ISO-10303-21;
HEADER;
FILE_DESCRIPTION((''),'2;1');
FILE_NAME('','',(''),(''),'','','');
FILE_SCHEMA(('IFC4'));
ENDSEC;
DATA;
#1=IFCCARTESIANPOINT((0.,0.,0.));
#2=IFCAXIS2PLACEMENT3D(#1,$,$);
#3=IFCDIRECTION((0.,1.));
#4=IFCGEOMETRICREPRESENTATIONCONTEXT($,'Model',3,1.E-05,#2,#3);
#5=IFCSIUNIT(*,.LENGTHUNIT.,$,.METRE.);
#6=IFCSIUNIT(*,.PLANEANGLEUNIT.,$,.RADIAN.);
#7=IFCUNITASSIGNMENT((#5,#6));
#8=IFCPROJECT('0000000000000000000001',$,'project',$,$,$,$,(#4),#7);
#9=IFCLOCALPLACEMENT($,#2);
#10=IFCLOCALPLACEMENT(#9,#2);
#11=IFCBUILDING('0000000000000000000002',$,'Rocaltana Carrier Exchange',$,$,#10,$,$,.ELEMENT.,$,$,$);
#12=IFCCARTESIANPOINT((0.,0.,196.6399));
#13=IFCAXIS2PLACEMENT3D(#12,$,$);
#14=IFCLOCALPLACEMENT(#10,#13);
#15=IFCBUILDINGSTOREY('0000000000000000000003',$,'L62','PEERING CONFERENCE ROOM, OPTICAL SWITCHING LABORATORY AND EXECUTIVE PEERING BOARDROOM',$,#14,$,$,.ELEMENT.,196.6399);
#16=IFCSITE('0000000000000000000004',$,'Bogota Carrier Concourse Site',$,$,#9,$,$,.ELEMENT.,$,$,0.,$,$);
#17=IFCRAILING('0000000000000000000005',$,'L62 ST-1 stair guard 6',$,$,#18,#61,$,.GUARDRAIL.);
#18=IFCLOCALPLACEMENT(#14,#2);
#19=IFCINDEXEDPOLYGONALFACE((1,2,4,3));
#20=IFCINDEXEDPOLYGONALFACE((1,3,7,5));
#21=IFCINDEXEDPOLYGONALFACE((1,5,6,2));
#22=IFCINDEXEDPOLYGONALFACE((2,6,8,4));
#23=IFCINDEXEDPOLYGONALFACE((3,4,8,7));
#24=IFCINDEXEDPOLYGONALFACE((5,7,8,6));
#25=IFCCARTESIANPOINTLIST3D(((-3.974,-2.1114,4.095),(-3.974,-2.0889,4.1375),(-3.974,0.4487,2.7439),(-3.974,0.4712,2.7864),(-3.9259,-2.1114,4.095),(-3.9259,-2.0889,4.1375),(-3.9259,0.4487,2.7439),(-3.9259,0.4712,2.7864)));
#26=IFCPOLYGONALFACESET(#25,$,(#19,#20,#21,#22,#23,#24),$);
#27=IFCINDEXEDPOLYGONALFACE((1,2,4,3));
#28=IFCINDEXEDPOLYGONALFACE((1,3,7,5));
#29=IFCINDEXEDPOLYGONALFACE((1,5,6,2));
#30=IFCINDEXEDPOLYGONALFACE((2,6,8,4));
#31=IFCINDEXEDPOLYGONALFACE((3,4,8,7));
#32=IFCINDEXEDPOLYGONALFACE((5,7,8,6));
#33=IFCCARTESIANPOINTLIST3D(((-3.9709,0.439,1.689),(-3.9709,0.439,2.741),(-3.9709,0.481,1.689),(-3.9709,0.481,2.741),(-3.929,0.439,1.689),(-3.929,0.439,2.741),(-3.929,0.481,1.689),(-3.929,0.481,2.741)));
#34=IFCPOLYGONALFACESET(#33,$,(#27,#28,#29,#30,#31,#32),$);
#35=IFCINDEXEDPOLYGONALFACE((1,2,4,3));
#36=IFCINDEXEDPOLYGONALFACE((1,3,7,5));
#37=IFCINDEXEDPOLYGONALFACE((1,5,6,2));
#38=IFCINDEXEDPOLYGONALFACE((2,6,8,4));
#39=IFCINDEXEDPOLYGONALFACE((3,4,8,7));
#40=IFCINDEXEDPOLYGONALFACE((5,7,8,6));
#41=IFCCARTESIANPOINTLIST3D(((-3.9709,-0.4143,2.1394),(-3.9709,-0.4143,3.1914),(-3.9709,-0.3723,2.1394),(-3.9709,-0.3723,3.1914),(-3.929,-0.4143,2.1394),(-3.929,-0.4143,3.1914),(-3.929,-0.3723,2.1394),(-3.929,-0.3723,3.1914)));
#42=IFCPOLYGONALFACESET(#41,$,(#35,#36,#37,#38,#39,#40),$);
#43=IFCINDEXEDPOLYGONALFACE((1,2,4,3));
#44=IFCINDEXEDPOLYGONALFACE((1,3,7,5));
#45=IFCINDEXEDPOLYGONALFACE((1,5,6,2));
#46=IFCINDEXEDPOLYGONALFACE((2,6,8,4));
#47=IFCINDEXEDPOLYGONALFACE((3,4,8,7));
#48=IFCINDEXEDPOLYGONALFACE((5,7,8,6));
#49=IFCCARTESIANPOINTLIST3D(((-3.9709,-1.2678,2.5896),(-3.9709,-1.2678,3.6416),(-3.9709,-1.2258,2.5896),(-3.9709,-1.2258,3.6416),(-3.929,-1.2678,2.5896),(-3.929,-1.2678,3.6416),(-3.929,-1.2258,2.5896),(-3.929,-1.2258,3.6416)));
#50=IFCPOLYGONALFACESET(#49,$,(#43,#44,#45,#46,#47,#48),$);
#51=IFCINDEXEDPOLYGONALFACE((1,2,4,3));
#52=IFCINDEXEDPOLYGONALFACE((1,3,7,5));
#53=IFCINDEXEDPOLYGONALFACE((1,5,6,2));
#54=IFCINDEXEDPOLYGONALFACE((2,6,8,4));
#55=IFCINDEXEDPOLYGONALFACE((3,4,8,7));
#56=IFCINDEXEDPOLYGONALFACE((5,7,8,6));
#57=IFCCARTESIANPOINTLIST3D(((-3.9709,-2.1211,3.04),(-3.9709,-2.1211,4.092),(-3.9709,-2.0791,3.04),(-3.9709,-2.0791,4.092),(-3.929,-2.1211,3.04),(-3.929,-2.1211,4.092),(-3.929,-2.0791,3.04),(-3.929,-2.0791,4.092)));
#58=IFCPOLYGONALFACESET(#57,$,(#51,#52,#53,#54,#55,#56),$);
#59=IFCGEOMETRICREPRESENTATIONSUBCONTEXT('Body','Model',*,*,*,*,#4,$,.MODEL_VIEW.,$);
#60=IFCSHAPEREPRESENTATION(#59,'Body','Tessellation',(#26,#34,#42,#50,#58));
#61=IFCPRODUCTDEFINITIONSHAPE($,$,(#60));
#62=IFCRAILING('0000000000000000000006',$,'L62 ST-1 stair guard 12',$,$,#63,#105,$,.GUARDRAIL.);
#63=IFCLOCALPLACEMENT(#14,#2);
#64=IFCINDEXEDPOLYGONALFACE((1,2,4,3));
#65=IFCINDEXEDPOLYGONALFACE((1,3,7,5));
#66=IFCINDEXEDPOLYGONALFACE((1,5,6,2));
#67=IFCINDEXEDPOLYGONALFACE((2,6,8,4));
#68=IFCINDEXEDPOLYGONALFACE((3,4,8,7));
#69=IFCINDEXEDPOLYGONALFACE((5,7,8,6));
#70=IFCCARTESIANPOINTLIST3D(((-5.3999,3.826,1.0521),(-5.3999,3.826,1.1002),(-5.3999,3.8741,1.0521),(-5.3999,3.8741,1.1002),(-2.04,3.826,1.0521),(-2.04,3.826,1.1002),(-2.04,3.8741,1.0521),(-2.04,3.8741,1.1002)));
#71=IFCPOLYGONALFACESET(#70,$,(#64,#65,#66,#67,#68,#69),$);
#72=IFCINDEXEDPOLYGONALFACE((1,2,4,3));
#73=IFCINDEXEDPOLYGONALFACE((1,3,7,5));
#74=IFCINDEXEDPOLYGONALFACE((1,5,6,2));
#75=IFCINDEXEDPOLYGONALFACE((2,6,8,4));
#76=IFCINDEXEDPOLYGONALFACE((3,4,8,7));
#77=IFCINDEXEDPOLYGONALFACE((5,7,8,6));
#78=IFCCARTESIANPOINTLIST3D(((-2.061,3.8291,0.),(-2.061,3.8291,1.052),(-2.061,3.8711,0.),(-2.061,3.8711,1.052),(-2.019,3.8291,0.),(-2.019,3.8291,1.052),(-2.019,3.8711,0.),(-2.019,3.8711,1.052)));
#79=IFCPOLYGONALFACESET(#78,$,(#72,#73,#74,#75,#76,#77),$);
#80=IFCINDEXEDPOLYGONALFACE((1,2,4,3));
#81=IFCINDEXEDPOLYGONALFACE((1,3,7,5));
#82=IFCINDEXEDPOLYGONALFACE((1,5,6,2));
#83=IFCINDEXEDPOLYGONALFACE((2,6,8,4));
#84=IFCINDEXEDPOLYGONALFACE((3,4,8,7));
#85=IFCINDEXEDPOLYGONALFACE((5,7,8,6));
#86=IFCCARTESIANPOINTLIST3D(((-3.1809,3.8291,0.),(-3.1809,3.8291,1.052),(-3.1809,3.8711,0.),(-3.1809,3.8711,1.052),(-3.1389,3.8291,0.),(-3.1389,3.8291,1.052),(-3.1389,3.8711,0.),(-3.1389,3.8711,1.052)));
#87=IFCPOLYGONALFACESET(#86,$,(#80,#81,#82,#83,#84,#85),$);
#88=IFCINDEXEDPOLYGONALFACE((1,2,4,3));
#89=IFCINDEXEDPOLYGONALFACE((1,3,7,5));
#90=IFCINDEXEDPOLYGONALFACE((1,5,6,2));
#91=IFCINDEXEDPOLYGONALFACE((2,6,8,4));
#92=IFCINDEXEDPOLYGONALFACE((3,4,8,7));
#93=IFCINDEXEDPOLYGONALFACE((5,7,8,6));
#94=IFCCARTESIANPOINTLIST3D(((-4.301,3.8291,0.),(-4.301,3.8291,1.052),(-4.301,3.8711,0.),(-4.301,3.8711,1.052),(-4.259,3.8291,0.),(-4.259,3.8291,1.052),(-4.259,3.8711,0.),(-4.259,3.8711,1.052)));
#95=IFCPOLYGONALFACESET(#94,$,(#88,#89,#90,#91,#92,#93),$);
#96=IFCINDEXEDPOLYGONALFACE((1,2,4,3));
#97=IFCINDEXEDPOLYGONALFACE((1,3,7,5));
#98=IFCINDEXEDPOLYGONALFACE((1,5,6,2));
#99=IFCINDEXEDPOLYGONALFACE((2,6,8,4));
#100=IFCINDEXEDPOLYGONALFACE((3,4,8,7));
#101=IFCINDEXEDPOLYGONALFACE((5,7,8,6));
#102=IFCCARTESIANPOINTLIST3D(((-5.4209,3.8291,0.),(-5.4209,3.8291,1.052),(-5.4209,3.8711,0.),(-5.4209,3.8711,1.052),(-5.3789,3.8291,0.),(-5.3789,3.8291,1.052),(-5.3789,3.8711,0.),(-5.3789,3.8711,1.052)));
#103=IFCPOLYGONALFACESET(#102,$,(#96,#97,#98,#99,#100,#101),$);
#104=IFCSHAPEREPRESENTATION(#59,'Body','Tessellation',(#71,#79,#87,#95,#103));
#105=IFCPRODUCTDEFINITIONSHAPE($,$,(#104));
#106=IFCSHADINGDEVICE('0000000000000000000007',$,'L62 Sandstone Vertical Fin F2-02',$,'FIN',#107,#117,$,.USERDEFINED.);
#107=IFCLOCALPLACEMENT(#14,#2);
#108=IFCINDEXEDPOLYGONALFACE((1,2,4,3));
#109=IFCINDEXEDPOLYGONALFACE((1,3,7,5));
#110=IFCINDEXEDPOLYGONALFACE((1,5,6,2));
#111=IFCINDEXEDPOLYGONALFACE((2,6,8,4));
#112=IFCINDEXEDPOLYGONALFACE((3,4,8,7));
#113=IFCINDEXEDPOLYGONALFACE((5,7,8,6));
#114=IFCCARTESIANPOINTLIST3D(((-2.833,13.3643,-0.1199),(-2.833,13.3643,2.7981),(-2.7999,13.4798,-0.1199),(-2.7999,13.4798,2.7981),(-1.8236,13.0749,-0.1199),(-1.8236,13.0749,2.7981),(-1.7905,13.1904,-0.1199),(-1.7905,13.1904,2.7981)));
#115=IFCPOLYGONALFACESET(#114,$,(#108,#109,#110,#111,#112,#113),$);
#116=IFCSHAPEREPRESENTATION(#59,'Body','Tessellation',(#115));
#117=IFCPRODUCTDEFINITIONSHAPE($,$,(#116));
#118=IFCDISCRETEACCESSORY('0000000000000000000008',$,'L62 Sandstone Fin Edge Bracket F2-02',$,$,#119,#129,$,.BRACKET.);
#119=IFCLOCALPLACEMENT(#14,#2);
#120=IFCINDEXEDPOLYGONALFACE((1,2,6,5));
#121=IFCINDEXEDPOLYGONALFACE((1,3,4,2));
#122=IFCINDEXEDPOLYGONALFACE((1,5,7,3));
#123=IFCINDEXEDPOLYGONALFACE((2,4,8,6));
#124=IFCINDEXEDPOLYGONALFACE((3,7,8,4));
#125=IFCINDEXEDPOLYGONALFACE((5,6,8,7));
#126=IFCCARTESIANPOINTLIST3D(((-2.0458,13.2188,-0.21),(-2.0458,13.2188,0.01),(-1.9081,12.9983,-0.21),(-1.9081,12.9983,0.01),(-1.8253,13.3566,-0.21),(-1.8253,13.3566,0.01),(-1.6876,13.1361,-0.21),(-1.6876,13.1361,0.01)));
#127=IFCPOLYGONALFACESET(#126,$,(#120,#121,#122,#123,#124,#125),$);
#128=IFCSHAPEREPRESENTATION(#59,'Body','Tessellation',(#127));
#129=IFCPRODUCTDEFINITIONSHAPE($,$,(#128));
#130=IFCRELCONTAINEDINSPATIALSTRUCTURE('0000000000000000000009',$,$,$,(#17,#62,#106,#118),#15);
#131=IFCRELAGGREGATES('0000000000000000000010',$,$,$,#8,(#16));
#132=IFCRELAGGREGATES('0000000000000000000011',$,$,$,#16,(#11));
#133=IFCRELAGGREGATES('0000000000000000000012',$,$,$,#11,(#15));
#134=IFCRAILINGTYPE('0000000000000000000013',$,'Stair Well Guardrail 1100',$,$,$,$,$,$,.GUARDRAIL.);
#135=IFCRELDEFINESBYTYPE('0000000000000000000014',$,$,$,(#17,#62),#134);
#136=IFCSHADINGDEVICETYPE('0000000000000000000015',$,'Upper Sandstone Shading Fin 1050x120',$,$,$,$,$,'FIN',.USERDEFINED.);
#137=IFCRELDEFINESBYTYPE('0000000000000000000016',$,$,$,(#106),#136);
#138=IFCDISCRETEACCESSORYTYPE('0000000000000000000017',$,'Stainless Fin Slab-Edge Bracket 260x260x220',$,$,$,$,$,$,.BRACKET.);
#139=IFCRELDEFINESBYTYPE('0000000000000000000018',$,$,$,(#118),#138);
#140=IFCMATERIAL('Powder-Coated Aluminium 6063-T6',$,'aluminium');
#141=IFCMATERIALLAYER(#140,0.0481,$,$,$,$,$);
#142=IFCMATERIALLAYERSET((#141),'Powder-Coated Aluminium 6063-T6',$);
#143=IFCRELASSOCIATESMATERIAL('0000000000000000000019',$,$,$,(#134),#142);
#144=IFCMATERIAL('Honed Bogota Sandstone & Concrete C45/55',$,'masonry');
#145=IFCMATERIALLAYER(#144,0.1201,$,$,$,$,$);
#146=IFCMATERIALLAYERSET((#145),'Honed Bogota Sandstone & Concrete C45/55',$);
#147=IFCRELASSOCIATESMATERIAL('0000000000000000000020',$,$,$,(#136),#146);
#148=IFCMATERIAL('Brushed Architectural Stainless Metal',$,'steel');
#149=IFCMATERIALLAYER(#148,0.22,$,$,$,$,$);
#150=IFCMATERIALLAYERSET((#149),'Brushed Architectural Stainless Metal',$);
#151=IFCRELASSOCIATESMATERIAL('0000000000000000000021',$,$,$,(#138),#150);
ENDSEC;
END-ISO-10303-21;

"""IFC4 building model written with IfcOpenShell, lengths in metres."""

from ifc_helpers import new_model, si_unit, direction, frame, origin, origin_2d, place, context, subcontext, project, spatial, rectangle, extrude, material, layer, layer_set, type_object, element, save


model = new_model("IFC4")

# Units and contexts
model_context = context("Model", 3, precision=1e-05, world=origin(), true_north=direction((0.0, 1.0)))
body_context = subcontext(model_context, "Body", "Model", "MODEL_VIEW")
ifc_project = project(units=[si_unit("LENGTHUNIT", "METRE"), si_unit("PLANEANGLEUNIT", "RADIAN")], contexts=[model_context])

# Site, building, storey
site_placement = place(None, origin())
site = spatial("IfcSite", under=ifc_project, at=site_placement, Name="Bogota Carrier Concourse Site", CompositionType="ELEMENT", RefElevation=0.0)
building_placement = place(site_placement, origin())
building = spatial("IfcBuilding", under=site, at=building_placement, Name="Rocaltana Carrier Exchange", CompositionType="ELEMENT")
storey_placement = place(building_placement, frame((0.0, 0.0, 196.6399)))
storey = spatial("IfcBuildingStorey", under=building, at=storey_placement, Name="L62", Description="PEERING CONFERENCE ROOM, OPTICAL SWITCHING LABORATORY AND EXECUTIVE PEERING BOARDROOM", CompositionType="ELEMENT", Elevation=196.6399)

# Railings
ifc_material_1 = material(Name="Powder-Coated Aluminium 6063-T6", Category="aluminium")
ifc_layer_1 = layer(ifc_material_1, 0.0481)
ifc_layer_set_1 = layer_set([ifc_layer_1], Name="Powder-Coated Aluminium 6063-T6")
railing_type_1 = type_object("IfcRailingType", Name="Stair Well Guardrail 1100", PredefinedType="GUARDRAIL", material=ifc_layer_set_1)
railing_1_placement = place(storey_placement, frame((-3.95, 0.46, 1.689)))
element("IfcRailing", 1, at=railing_1_placement, inside=storey, type_object=railing_type_1, Name="L62 ST-1 stair guard 6", PredefinedType="GUARDRAIL", context=body_context, shape_type="SweptSolid", body=[
    extrude(rectangle(XDim=0.0481, YDim=0.0481, at=origin_2d()), frame((0.0, 0.0, 1.0762), z_axis=(0.0, -0.884394, 0.46674), x_axis=(1.0, 0.0, 0.0)), (0.0, 0.0, 1.0), 2.8948),
    extrude(rectangle(XDim=0.042, YDim=0.042, at=origin_2d()), origin(), (0.0, 0.0, 1.0), 1.052),
    extrude(rectangle(XDim=0.042, YDim=0.042, at=origin_2d()), frame((0.0, -0.8533, 0.4504)), (0.0, 0.0, 1.0), 1.052),
    extrude(rectangle(XDim=0.042, YDim=0.042, at=origin_2d()), frame((0.0, -1.7068, 0.9006)), (0.0, 0.0, 1.0), 1.052),
    extrude(rectangle(XDim=0.042, YDim=0.042, at=origin_2d()), frame((0.0, -2.5601, 1.3511)), (0.0, 0.0, 1.0), 1.052),
])
railing_2_placement = place(storey_placement, frame((-2.04, 3.8501, 0.0)))
element("IfcRailing", 2, at=railing_2_placement, inside=storey, type_object=railing_type_1, Name="L62 ST-1 stair guard 12", PredefinedType="GUARDRAIL", context=body_context, shape_type="SweptSolid", body=[
    extrude(rectangle(XDim=0.0481, YDim=0.0481, at=origin_2d()), frame((0.0, 0.0, 1.0762), z_axis=(-1.0, 0.0, 0.0), x_axis=(0.0, -1.0, 0.0)), (0.0, 0.0, 1.0), 3.3599),
    extrude(rectangle(XDim=0.042, YDim=0.042, at=origin_2d()), origin(), (0.0, 0.0, 1.0), 1.052),
    extrude(rectangle(XDim=0.042, YDim=0.042, at=origin_2d()), frame((-1.1199, 0.0, 0.0)), (0.0, 0.0, 1.0), 1.052),
    extrude(rectangle(XDim=0.042, YDim=0.042, at=origin_2d()), frame((-2.24, 0.0, 0.0)), (0.0, 0.0, 1.0), 1.052),
    extrude(rectangle(XDim=0.042, YDim=0.042, at=origin_2d()), frame((-3.3599, 0.0, 0.0)), (0.0, 0.0, 1.0), 1.052),
])

# Shading device
ifc_material_2 = material(Name="Honed Bogota Sandstone & Concrete C45/55", Category="masonry")
ifc_layer_2 = layer(ifc_material_2, 0.1201)
ifc_layer_set_2 = layer_set([ifc_layer_2], Name="Honed Bogota Sandstone & Concrete C45/55")
shading_device_type = type_object("IfcShadingDeviceType", Name="Upper Sandstone Shading Fin 1050x120", ElementType="FIN", PredefinedType="USERDEFINED", material=ifc_layer_set_2)
shading_device_placement = place(storey_placement, frame((-2.3118, 13.2773, -0.1199), z_axis=(0.0, 0.0, 1.0), x_axis=(-0.961262, 0.275637, 0.0)))
element("IfcShadingDevice", 3, at=shading_device_placement, inside=storey, type_object=shading_device_type, Name="L62 Sandstone Vertical Fin F2-02", ObjectType="FIN", PredefinedType="USERDEFINED", context=body_context, shape_type="SweptSolid", body=[
    extrude(rectangle(XDim=1.05, YDim=0.1201, at=origin_2d()), origin(), (0.0, 0.0, 1.0), 2.918),
])

# Discrete accessory
ifc_material_3 = material(Name="Brushed Architectural Stainless Metal", Category="steel")
ifc_layer_3 = layer(ifc_material_3, 0.22)
ifc_layer_set_3 = layer_set([ifc_layer_3], Name="Brushed Architectural Stainless Metal")
discrete_accessory_type = type_object("IfcDiscreteAccessoryType", Name="Stainless Fin Slab-Edge Bracket 260x260x220", PredefinedType="BRACKET", material=ifc_layer_set_3)
discrete_accessory_placement = place(storey_placement, frame((-1.8667, 13.1775, -0.21), z_axis=(0.0, 0.0, 1.0), x_axis=(-0.848048, -0.529919, 0.0)))
element("IfcDiscreteAccessory", 4, at=discrete_accessory_placement, inside=storey, type_object=discrete_accessory_type, Name="L62 Sandstone Fin Edge Bracket F2-02", PredefinedType="BRACKET", context=body_context, shape_type="SweptSolid", body=[
    extrude(rectangle(XDim=0.26, YDim=0.26, at=origin_2d()), origin(), (0.0, 0.0, 1.0), 0.22),
])

save(model, "model.ifc")
